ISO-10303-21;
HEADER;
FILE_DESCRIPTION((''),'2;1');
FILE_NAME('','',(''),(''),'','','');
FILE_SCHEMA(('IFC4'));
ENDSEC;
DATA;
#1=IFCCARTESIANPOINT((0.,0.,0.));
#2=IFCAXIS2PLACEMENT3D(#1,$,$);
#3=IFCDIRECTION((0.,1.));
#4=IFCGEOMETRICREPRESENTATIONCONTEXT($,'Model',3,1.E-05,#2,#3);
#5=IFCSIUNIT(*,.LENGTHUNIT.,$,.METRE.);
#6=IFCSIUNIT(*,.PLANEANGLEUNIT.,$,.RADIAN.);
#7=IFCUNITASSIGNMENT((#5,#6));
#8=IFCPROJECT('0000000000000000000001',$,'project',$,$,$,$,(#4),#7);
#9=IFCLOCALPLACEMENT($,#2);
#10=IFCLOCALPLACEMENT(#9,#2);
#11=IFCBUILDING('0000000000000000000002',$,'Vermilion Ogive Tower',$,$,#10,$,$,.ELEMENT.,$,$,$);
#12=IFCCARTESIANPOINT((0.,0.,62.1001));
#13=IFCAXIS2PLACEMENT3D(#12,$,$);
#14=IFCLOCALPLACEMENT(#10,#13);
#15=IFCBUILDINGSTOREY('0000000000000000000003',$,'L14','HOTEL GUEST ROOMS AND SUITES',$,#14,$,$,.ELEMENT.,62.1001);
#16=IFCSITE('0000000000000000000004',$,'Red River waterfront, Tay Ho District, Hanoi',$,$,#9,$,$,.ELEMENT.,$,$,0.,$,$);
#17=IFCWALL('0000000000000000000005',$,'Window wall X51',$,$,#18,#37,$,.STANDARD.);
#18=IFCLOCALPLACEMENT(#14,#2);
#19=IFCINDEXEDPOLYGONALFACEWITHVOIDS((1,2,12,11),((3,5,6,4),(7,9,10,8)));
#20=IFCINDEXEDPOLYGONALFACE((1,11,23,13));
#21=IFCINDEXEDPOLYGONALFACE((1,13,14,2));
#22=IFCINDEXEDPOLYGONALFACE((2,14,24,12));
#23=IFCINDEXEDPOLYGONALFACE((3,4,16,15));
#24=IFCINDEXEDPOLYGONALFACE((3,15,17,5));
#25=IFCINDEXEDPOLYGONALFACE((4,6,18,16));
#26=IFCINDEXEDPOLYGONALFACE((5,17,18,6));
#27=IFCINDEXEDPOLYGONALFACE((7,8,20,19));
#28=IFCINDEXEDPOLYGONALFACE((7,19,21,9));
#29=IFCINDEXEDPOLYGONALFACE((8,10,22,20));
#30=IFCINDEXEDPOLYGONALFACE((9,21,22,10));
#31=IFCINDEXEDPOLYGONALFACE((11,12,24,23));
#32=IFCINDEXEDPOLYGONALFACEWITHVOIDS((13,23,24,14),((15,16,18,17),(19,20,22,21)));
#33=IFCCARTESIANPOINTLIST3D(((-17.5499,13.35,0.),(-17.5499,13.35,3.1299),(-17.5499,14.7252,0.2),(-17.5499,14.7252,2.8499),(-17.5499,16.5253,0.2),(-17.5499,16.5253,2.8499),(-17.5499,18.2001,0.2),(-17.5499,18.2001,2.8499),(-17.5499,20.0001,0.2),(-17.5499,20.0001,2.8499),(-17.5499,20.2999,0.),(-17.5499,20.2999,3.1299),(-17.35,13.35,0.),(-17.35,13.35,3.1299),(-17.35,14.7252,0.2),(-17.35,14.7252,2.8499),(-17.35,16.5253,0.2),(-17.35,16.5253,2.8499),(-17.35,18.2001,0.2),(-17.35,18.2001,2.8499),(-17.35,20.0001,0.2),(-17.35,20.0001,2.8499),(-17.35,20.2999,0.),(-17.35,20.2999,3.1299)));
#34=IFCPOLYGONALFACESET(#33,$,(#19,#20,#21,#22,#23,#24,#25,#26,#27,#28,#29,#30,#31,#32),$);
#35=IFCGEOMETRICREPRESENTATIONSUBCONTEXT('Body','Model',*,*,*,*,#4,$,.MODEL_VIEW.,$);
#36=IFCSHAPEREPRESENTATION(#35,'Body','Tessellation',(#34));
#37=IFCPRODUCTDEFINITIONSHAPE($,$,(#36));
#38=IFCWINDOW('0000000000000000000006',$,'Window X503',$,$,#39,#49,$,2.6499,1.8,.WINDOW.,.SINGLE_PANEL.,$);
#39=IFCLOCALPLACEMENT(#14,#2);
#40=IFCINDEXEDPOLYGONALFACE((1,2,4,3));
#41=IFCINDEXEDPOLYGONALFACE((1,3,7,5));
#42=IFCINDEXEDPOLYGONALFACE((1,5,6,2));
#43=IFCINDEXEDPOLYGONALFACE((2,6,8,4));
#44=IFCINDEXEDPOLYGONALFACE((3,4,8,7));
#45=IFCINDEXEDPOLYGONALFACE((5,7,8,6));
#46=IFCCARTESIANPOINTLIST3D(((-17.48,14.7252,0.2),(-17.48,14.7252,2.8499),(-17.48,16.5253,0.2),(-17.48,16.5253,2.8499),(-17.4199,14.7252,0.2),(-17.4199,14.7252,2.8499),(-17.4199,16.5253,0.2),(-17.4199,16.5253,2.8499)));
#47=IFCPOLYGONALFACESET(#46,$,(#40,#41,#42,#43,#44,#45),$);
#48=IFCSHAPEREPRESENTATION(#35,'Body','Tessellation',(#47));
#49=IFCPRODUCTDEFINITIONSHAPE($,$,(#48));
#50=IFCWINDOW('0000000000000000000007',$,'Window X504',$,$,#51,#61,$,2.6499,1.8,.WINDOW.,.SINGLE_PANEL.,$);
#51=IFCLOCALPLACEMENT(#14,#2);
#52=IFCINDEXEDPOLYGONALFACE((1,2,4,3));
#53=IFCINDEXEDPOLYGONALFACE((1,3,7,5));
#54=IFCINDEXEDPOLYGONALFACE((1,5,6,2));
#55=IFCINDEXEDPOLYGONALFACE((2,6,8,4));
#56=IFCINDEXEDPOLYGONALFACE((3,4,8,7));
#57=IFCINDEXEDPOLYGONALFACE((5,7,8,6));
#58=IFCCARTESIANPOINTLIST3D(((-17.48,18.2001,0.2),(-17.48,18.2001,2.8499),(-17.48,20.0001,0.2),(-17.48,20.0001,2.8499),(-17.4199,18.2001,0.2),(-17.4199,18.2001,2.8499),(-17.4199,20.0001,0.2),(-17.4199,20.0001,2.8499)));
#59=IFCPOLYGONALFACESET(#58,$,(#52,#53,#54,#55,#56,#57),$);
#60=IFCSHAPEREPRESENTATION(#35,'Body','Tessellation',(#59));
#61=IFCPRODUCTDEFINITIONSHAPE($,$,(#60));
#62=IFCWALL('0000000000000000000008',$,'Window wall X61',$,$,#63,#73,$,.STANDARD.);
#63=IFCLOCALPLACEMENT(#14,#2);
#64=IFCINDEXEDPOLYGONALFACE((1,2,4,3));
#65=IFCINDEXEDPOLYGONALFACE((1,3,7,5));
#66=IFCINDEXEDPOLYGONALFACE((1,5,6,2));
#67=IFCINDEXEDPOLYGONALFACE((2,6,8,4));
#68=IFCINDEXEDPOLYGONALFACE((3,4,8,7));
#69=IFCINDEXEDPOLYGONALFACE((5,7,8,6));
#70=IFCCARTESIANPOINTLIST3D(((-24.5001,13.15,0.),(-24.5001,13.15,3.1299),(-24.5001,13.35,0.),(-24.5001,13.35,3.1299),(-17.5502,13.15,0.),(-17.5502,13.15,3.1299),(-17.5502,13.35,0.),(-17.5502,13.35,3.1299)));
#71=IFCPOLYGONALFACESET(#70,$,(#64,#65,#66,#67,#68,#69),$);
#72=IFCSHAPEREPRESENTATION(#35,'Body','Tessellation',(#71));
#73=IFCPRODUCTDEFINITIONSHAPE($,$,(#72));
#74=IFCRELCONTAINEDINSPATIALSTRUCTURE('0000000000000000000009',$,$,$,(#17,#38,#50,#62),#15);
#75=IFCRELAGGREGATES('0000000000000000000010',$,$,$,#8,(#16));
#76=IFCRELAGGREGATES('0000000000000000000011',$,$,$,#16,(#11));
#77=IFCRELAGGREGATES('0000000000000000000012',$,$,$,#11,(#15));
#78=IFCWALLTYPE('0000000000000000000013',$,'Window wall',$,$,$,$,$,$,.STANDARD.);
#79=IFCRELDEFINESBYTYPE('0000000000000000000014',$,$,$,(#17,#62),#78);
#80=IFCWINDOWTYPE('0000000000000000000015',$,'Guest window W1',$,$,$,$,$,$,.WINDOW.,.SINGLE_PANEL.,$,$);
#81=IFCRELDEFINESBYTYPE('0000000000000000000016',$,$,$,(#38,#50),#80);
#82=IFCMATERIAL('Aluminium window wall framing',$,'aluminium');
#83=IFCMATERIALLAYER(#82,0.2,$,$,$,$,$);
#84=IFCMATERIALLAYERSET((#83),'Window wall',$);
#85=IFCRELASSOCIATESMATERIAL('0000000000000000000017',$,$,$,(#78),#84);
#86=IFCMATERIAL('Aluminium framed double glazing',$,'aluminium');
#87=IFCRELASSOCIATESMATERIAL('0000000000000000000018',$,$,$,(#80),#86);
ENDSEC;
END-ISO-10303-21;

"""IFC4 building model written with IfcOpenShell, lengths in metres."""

from ifc_helpers import new_model, si_unit, direction, frame, frame_2d, origin, place, context, subcontext, project, spatial, rectangle, extrude, material, layer, layer_set, type_object, element, fill, save


model = new_model("IFC4")

# Units and contexts
model_context = context("Model", 3, precision=1e-05, world=origin(), true_north=direction((0.0, 1.0)))
body_context = subcontext(model_context, "Body", "Model", "MODEL_VIEW")
ifc_project = project(units=[si_unit("LENGTHUNIT", "METRE"), si_unit("PLANEANGLEUNIT", "RADIAN")], contexts=[model_context])

# Site, building, storey
site_placement = place(None, origin())
site = spatial("IfcSite", under=ifc_project, at=site_placement, Name="Red River waterfront, Tay Ho District, Hanoi", CompositionType="ELEMENT", RefElevation=0.0)
building_placement = place(site_placement, origin())
building = spatial("IfcBuilding", under=site, at=building_placement, Name="Vermilion Ogive Tower", CompositionType="ELEMENT")
storey_placement = place(building_placement, frame((0.0, 0.0, 62.1001)))
storey = spatial("IfcBuildingStorey", under=building, at=storey_placement, Name="L14", Description="HOTEL GUEST ROOMS AND SUITES", CompositionType="ELEMENT", Elevation=62.1001)

# Wall, openings, windows
ifc_material_1 = material(Name="Aluminium window wall framing", Category="aluminium")
ifc_layer_1 = layer(ifc_material_1, 0.2)
ifc_layer_set_1 = layer_set([ifc_layer_1], Name="Window wall")
wall_type_1 = type_object("IfcWallType", Name="Window wall", PredefinedType="STANDARD", material=ifc_layer_set_1)
wall_1_placement = place(storey_placement, frame((-17.45, 20.3, 0.0), z_axis=(0.0, 0.0, 1.0), x_axis=(0.0, -1.0, 0.0)))
wall_1 = element("IfcWall", 1, at=wall_1_placement, inside=storey, type_object=wall_type_1, Name="Window wall X51", PredefinedType="STANDARD", context=body_context, shape_type="SweptSolid", body=[
    extrude(rectangle(XDim=6.95, YDim=0.2, at=frame_2d((3.4751, 0.0))), origin(), (0.0, 0.0, 1.0), 3.1299),
])
opening_1_placement = place(wall_1_placement, frame((3.7749, 0.0, 0.2)))
opening_1 = element("IfcOpeningElement", 2, at=opening_1_placement, cuts=wall_1, PredefinedType="OPENING", context=body_context, shape_type="SweptSolid", body=[
    extrude(rectangle(XDim=1.8, YDim=2.6499, at=frame_2d((0.8999, 1.325))), frame((0.0, 0.1099, 0.0), z_axis=(0.0, -1.0, 0.0), x_axis=(1.0, 0.0, 0.0)), (0.0, 0.0, 1.0), 0.22),
])
opening_2_placement = place(wall_1_placement, frame((0.3, 0.0, 0.2)))
opening_2 = element("IfcOpeningElement", 3, at=opening_2_placement, cuts=wall_1, PredefinedType="OPENING", context=body_context, shape_type="SweptSolid", body=[
    extrude(rectangle(XDim=1.8, YDim=2.6499, at=frame_2d((0.8999, 1.325))), frame((0.0, 0.1099, 0.0), z_axis=(0.0, -1.0, 0.0), x_axis=(1.0, 0.0, 0.0)), (0.0, 0.0, 1.0), 0.22),
])
ifc_material_2 = material(Name="Aluminium framed double glazing", Category="aluminium")
window_type = type_object("IfcWindowType", Name="Guest window W1", PartitioningType="SINGLE_PANEL", PredefinedType="WINDOW", material=ifc_material_2)
window_1_placement = place(opening_1_placement, origin())
window_1 = element("IfcWindow", 4, at=window_1_placement, inside=storey, type_object=window_type, Name="Window X503", OverallHeight=2.6499, OverallWidth=1.8, PartitioningType="SINGLE_PANEL", PredefinedType="WINDOW", context=body_context, shape_type="SweptSolid", body=[
    extrude(rectangle(XDim=1.8, YDim=2.6499, at=frame_2d((0.8999, 1.325))), frame((0.0, 0.03, 0.0), z_axis=(0.0, -1.0, 0.0), x_axis=(1.0, 0.0, 0.0)), (0.0, 0.0, 1.0), 0.0601),
])
fill(opening_1, window_1)
window_2_placement = place(opening_2_placement, origin())
window_2 = element("IfcWindow", 5, at=window_2_placement, inside=storey, type_object=window_type, Name="Window X504", OverallHeight=2.6499, OverallWidth=1.8, PartitioningType="SINGLE_PANEL", PredefinedType="WINDOW", context=body_context, shape_type="SweptSolid", body=[
    extrude(rectangle(XDim=1.8, YDim=2.6499, at=frame_2d((0.8999, 1.325))), frame((0.0, 0.03, 0.0), z_axis=(0.0, -1.0, 0.0), x_axis=(1.0, 0.0, 0.0)), (0.0, 0.0, 1.0), 0.0601),
])
fill(opening_2, window_2)

# Wall
wall_2_placement = place(storey_placement, frame((-17.55, 13.25, 0.0), z_axis=(0.0, 0.0, 1.0), x_axis=(-1.0, 0.0, 0.0)))
element("IfcWall", 6, at=wall_2_placement, inside=storey, type_object=wall_type_1, Name="Window wall X61", PredefinedType="STANDARD", context=body_context, shape_type="SweptSolid", body=[
    extrude(rectangle(XDim=6.95, YDim=0.2, at=frame_2d((3.4751, 0.0))), origin(), (0.0, 0.0, 1.0), 3.1299),
])

save(model, "model.ifc")
